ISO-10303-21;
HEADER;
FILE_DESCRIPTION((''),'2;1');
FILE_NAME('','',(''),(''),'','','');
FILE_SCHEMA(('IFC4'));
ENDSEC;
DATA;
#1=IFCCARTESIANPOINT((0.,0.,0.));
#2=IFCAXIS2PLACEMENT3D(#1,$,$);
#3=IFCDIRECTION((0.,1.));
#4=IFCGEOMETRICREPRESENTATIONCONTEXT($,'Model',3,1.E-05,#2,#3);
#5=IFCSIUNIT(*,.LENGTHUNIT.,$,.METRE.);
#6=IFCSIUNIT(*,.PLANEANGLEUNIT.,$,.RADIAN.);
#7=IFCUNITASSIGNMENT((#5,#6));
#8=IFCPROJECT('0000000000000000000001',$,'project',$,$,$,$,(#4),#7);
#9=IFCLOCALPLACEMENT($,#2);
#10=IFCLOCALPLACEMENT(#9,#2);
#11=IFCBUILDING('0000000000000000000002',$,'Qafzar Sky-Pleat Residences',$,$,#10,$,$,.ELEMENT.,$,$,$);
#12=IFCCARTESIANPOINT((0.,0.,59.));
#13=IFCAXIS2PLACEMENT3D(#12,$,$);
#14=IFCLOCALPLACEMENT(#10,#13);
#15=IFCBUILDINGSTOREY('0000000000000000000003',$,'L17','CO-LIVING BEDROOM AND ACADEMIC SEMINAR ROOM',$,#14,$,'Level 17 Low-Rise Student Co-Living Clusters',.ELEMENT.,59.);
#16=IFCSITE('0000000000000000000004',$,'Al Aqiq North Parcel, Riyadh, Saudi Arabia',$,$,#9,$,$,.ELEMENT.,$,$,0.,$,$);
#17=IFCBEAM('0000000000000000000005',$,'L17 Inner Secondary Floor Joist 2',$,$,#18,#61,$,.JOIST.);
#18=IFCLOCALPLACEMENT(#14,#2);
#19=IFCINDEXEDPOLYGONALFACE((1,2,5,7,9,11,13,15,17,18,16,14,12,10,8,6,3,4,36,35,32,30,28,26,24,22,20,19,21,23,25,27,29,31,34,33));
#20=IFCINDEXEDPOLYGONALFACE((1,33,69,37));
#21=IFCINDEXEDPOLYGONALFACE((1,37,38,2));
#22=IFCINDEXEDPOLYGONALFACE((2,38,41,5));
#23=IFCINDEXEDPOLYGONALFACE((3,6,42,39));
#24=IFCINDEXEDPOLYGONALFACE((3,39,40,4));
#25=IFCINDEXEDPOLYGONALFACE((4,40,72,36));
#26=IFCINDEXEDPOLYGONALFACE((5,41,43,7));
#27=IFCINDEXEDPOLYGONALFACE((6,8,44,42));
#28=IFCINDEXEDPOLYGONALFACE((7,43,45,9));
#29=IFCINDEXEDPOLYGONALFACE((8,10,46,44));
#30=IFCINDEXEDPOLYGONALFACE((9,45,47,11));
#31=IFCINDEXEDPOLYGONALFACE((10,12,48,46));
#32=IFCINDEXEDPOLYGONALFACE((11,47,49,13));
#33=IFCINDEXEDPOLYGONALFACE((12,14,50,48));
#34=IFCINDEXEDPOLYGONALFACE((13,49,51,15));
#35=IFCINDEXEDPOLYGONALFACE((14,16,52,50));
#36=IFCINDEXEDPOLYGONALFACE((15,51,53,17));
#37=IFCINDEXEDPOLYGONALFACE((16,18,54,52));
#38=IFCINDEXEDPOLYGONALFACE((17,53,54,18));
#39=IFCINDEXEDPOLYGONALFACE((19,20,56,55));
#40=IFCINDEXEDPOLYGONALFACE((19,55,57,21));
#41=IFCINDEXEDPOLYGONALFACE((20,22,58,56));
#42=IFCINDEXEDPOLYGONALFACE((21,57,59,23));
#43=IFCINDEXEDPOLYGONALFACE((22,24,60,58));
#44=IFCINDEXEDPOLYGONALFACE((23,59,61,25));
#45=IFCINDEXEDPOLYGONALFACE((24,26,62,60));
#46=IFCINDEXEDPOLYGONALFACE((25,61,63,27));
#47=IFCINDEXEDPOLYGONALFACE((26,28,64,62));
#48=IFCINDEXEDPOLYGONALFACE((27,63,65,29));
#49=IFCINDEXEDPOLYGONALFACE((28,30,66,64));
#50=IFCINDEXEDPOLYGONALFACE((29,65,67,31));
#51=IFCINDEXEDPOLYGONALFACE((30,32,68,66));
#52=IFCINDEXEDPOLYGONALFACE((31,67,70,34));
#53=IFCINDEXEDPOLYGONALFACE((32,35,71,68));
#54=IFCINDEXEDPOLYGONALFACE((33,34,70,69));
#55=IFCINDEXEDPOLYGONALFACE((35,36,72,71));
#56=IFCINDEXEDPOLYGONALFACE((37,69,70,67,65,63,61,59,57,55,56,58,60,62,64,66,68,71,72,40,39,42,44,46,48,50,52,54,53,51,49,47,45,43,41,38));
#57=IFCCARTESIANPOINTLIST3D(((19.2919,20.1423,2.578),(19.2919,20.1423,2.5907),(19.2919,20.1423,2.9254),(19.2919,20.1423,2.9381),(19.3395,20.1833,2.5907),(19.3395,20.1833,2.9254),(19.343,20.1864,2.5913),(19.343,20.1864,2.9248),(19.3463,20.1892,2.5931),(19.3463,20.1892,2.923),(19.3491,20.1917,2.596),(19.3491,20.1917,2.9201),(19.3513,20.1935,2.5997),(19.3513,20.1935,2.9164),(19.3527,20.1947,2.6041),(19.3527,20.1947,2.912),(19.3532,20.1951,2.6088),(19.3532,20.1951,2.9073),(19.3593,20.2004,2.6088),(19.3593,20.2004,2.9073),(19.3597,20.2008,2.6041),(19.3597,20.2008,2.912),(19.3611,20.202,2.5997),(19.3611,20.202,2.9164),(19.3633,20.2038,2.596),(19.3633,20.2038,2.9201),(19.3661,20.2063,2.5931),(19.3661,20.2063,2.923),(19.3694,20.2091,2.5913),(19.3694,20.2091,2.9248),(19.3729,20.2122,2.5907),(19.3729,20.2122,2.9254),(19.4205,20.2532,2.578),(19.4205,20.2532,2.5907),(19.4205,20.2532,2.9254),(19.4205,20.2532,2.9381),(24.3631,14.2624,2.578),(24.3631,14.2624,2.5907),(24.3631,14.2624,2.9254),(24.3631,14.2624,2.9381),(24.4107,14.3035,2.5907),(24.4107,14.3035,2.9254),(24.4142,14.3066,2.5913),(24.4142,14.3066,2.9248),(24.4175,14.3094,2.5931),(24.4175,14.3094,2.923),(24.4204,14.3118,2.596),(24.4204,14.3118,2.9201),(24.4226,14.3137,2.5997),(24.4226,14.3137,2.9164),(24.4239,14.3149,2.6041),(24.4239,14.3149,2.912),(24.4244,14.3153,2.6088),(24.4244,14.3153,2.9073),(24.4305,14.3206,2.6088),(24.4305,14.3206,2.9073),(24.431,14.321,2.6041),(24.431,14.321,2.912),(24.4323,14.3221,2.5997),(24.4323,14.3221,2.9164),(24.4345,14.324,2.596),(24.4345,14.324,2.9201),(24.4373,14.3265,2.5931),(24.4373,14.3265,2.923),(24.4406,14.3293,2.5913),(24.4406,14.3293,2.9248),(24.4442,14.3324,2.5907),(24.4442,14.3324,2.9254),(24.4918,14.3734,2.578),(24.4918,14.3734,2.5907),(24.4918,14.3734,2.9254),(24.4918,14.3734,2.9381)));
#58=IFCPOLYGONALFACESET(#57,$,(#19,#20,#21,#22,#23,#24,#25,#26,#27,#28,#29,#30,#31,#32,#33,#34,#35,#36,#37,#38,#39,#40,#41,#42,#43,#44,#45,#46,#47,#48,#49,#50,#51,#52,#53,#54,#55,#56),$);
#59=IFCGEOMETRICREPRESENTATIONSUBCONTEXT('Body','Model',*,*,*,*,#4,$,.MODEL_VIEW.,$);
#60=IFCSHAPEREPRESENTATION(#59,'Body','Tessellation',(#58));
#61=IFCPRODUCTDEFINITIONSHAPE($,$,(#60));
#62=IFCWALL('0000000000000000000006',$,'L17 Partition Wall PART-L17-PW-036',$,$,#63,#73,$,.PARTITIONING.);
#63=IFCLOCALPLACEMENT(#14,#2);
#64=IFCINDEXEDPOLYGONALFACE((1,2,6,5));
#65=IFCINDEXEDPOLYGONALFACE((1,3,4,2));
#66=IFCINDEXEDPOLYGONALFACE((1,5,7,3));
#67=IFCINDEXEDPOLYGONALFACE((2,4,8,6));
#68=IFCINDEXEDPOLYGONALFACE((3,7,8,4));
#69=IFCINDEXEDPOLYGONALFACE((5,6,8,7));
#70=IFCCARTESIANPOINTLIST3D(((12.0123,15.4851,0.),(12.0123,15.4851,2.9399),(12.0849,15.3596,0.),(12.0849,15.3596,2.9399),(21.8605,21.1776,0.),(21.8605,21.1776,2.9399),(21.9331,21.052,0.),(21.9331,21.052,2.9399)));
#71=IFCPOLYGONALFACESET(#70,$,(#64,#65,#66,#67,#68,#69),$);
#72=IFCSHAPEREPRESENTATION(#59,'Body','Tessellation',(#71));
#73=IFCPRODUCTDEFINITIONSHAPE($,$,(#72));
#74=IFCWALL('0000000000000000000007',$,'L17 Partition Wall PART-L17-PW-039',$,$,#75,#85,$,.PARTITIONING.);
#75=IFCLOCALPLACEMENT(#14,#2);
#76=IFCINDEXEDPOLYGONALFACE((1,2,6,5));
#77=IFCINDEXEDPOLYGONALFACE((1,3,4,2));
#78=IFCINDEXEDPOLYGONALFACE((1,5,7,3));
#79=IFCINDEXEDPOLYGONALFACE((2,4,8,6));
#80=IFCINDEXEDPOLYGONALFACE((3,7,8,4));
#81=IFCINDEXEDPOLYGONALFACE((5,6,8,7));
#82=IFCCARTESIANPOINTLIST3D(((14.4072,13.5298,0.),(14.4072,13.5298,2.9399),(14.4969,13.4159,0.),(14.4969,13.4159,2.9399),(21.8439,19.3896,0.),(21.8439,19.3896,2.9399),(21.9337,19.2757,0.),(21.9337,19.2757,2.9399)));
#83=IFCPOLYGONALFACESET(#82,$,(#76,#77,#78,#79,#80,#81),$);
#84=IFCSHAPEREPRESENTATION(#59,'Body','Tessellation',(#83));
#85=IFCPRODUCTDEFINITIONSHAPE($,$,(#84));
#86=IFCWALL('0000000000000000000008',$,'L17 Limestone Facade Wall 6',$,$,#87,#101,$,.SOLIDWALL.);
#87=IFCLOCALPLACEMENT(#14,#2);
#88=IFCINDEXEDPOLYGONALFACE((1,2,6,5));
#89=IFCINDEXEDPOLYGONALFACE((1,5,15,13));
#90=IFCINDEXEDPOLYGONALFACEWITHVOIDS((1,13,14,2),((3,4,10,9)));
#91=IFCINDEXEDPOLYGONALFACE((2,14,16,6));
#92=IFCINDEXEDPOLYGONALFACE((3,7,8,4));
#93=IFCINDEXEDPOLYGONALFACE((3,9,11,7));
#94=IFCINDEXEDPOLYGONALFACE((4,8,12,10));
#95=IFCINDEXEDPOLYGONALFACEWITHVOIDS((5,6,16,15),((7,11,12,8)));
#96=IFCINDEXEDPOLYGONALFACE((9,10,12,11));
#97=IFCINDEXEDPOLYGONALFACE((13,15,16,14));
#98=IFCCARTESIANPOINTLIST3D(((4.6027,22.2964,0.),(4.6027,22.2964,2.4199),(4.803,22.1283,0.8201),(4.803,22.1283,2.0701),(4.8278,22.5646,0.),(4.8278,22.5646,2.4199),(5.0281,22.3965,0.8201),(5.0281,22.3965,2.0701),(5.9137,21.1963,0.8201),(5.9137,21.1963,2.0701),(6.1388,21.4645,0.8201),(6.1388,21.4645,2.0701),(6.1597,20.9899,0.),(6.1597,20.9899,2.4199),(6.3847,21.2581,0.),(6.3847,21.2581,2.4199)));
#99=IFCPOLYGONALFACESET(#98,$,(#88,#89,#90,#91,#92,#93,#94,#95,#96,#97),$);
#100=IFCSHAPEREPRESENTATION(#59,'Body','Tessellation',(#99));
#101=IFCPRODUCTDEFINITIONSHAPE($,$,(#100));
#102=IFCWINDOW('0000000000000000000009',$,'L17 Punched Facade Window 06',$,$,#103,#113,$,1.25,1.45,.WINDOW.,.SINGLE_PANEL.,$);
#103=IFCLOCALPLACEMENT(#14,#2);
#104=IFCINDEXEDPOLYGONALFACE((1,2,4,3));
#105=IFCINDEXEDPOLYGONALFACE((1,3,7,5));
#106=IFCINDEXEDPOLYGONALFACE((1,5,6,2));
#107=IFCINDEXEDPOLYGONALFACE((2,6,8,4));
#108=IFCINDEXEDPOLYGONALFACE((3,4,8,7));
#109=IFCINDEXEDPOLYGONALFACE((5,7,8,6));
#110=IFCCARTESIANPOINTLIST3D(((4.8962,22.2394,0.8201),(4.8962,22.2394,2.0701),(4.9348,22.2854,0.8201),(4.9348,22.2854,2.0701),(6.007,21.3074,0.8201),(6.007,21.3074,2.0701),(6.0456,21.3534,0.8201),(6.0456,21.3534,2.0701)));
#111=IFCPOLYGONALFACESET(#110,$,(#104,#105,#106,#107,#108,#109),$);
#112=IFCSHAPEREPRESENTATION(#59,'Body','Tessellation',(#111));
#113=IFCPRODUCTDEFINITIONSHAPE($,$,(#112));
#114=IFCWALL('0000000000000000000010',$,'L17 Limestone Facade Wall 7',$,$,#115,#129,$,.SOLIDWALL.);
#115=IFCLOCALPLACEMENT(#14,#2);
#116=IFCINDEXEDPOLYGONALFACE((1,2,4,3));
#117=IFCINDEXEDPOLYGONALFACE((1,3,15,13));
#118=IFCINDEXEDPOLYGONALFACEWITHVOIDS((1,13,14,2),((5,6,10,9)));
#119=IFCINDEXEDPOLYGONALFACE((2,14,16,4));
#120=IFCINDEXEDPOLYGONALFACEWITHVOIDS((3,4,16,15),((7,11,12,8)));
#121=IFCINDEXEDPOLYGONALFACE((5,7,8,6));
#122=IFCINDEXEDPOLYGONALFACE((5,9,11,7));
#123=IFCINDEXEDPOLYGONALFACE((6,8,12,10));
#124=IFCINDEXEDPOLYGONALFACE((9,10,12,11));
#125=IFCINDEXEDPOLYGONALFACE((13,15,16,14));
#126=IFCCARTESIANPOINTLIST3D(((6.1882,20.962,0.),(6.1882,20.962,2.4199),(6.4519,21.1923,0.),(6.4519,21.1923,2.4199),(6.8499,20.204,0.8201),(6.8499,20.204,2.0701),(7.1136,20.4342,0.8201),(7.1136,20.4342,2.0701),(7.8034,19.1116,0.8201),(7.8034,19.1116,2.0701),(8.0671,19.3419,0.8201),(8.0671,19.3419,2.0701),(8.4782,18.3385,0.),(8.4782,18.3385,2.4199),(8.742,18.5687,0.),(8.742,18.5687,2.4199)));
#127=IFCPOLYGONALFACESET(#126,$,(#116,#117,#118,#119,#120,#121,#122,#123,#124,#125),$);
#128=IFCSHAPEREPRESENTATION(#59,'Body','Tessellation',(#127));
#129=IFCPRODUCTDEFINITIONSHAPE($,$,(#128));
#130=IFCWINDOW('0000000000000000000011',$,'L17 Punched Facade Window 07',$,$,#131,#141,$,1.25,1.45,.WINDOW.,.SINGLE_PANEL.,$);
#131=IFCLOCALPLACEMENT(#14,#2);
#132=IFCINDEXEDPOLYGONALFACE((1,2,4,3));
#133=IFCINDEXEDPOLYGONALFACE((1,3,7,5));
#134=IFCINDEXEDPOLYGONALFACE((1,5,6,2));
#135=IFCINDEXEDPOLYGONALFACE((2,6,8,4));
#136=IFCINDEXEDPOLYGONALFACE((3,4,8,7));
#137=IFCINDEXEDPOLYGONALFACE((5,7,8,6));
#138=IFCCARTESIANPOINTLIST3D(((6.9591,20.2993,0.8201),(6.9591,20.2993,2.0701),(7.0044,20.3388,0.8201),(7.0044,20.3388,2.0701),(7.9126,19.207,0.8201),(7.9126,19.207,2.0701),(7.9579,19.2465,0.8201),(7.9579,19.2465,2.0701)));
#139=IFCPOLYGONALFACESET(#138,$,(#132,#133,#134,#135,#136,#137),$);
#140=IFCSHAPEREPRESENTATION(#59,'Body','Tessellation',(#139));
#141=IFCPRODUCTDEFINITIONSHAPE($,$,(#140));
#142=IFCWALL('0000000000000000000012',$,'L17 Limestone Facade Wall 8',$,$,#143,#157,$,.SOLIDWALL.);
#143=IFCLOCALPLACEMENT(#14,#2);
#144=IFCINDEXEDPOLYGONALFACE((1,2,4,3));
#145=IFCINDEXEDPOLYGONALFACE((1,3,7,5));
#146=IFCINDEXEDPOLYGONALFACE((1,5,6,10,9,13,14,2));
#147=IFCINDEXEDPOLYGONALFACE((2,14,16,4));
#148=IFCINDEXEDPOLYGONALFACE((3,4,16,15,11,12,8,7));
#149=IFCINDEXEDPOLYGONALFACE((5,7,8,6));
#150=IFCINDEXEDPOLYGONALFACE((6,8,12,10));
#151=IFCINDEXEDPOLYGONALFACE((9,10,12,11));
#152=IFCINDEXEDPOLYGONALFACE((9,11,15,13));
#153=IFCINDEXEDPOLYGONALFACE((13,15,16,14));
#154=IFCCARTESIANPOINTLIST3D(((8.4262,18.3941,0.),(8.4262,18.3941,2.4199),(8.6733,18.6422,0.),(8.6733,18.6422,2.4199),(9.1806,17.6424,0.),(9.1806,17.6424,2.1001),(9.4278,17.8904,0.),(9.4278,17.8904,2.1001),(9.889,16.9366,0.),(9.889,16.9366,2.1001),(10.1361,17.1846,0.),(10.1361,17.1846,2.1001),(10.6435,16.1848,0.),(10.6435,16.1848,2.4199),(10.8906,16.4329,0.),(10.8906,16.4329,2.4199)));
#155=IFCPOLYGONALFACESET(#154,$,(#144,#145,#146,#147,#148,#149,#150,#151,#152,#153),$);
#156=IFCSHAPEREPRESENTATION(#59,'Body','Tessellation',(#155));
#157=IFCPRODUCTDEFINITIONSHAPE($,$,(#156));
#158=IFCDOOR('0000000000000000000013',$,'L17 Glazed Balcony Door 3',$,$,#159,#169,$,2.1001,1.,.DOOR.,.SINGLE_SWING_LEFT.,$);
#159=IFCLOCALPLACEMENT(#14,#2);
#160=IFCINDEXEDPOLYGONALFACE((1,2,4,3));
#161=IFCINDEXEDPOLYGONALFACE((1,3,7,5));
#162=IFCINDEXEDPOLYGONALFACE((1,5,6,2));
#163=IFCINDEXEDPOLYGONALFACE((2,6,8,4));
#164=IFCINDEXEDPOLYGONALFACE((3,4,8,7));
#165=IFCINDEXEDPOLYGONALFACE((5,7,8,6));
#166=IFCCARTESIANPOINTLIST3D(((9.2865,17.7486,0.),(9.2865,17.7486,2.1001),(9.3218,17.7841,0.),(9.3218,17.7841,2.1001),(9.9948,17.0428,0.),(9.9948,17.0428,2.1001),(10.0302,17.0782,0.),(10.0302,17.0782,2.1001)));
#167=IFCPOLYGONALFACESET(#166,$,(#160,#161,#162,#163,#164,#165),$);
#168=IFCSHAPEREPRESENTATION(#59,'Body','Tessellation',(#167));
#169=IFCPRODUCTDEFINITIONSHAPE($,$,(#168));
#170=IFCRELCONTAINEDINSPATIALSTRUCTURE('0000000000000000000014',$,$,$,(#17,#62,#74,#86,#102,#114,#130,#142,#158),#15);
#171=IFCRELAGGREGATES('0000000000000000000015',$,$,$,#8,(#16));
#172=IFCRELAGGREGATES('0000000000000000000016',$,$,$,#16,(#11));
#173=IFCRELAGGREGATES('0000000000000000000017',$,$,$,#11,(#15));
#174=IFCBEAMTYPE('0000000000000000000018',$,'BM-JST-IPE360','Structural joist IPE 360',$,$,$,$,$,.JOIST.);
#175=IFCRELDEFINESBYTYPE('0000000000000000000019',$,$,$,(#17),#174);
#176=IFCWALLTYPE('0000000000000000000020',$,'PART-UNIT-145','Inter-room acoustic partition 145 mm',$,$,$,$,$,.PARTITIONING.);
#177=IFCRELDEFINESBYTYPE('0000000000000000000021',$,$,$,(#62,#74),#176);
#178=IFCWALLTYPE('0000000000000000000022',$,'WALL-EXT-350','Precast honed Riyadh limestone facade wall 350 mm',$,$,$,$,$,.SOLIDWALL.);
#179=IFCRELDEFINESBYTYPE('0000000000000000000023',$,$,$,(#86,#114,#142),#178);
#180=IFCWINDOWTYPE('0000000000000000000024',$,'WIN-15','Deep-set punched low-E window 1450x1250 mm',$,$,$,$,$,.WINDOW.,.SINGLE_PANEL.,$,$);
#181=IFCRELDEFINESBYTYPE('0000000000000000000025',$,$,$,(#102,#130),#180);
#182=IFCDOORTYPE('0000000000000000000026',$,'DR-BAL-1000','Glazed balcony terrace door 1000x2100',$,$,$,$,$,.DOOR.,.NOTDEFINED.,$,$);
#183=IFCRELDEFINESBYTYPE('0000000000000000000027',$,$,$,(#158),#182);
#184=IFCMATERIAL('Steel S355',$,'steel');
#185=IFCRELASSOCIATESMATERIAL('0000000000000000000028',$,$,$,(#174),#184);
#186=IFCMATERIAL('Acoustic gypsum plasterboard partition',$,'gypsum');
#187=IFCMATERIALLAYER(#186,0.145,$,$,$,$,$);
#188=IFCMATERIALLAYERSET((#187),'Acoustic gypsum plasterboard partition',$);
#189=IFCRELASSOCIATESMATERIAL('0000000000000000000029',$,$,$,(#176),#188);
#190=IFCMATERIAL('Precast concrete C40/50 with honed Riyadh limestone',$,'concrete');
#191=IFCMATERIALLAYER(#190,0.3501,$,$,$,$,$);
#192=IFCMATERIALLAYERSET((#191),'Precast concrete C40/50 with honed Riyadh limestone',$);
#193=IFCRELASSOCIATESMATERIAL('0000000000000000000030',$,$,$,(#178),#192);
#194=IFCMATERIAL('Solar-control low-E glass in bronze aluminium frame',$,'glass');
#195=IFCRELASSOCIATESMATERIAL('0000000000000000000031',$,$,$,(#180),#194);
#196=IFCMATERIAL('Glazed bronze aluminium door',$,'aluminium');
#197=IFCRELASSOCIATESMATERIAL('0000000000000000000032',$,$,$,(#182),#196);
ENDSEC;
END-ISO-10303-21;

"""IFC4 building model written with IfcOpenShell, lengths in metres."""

from ifc_helpers import new_model, si_unit, direction, frame, frame_2d, origin, origin_2d, place, context, subcontext, project, spatial, rectangle, i_section, extrude, source, transform, mapped, material, layer, layer_set, material_profile, profile_set, type_object, element, fill, save


model = new_model("IFC4")

# Units and contexts
model_context = context("Model", 3, precision=1e-05, world=origin(), true_north=direction((0.0, 1.0)))
body_context = subcontext(model_context, "Body", "Model", "MODEL_VIEW")
ifc_project = project(units=[si_unit("LENGTHUNIT", "METRE"), si_unit("PLANEANGLEUNIT", "RADIAN")], contexts=[model_context])

# Site, building, storey
site_placement = place(None, origin())
site = spatial("IfcSite", under=ifc_project, at=site_placement, Name="Al Aqiq North Parcel, Riyadh, Saudi Arabia", CompositionType="ELEMENT", RefElevation=0.0)
building_placement = place(site_placement, origin())
building = spatial("IfcBuilding", under=site, at=building_placement, Name="Qafzar Sky-Pleat Residences", CompositionType="ELEMENT")
storey_placement = place(building_placement, frame((0.0, 0.0, 59.0)))
storey = spatial("IfcBuildingStorey", under=building, at=storey_placement, Name="L17", Description="CO-LIVING BEDROOM AND ACADEMIC SEMINAR ROOM", LongName="Level 17 Low-Rise Student Co-Living Clusters", CompositionType="ELEMENT", Elevation=59.0)

# Beam
ifc_material_1 = material(Name="Steel S355", Category="steel")
ifc_material_profile_1 = material_profile(ifc_material_1, i_section(OverallWidth=0.1699, OverallDepth=0.3601, WebThickness=0.0081, FlangeThickness=0.0127, FilletRadius=0.0181, at=origin_2d()), Name="IPE 360")
ifc_profile_set_1 = profile_set([ifc_material_profile_1], Name="Steel S355")
beam_type_1 = type_object("IfcBeamType", Name="BM-JST-IPE360", Description="Structural joist IPE 360", PredefinedType="JOIST", material=ifc_profile_set_1)
shared_shape_1 = source(origin(), body_context, "Body", "SweptSolid", [
    extrude(i_section(OverallWidth=0.1699, OverallDepth=0.3601, WebThickness=0.0081, FlangeThickness=0.0127, FilletRadius=0.0181, at=origin_2d()), origin(), (0.0, 0.0, 1.0), 7.7646),
])
beam_1_placement = place(storey_placement, frame((19.3562, 20.1978, 2.7581), z_axis=(0.653119, -0.757256, 0.0), x_axis=(0.757256, 0.653119, 0.0)))
element("IfcBeam", 1, at=beam_1_placement, inside=storey, type_object=beam_type_1, Name="L17 Inner Secondary Floor Joist 2", PredefinedType="JOIST", context=body_context, shape_type="MappedRepresentation", body=[
    mapped(shared_shape_1, transform((0.0, 0.0, 0.0), x_axis=(1.0, 0.0, 0.0), y_axis=(0.0, 1.0, 0.0), z_axis=(0.0, 0.0, 1.0), scale=1.0)),
])

# Walls
ifc_material_2 = material(Name="Acoustic gypsum plasterboard partition", Category="gypsum")
ifc_layer_1 = layer(ifc_material_2, 0.145)
ifc_layer_set_1 = layer_set([ifc_layer_1], Name="Acoustic gypsum plasterboard partition")
wall_type_1 = type_object("IfcWallType", Name="PART-UNIT-145", Description="Inter-room acoustic partition 145 mm", PredefinedType="PARTITIONING", material=ifc_layer_set_1)
wall_1_placement = place(storey_placement, frame((12.0486, 15.4224, 0.0), z_axis=(0.0, 0.0, 1.0), x_axis=(0.865776, 0.500432, 0.0)))
element("IfcWall", 2, at=wall_1_placement, inside=storey, type_object=wall_type_1, Name="L17 Partition Wall PART-L17-PW-036", PredefinedType="PARTITIONING", context=body_context, shape_type="SweptSolid", body=[
    extrude(rectangle(XDim=11.375, YDim=0.145, at=frame_2d((5.6875, 0.0))), origin(), (0.0, 0.0, 1.0), 2.9399),
])
wall_2_placement = place(storey_placement, frame((14.4521, 13.4729, 0.0), z_axis=(0.0, 0.0, 1.0), x_axis=(0.785461, 0.618911, 0.0)))
element("IfcWall", 3, at=wall_2_placement, inside=storey, type_object=wall_type_1, Name="L17 Partition Wall PART-L17-PW-039", PredefinedType="PARTITIONING", context=body_context, shape_type="SweptSolid", body=[
    extrude(rectangle(XDim=9.468, YDim=0.145, at=frame_2d((4.7339, 0.0))), origin(), (0.0, 0.0, 1.0), 2.9399),
])

# Walls, openings, windows
ifc_material_3 = material(Name="Precast concrete C40/50 with honed Riyadh limestone", Category="concrete")
ifc_layer_2 = layer(ifc_material_3, 0.3501)
ifc_layer_set_2 = layer_set([ifc_layer_2], Name="Precast concrete C40/50 with honed Riyadh limestone")
wall_type_2 = type_object("IfcWallType", Name="WALL-EXT-350", Description="Precast honed Riyadh limestone facade wall 350 mm", PredefinedType="SOLIDWALL", material=ifc_layer_set_2)
wall_3_placement = place(storey_placement, frame((4.7153, 22.4304, 0.0), z_axis=(0.0, 0.0, 1.0), x_axis=(0.766041, -0.642792, 0.0)))
wall_3 = element("IfcWall", 4, at=wall_3_placement, inside=storey, type_object=wall_type_2, Name="L17 Limestone Facade Wall 6", PredefinedType="SOLIDWALL", context=body_context, shape_type="SweptSolid", body=[
    extrude(rectangle(XDim=2.0325, YDim=0.3501, at=frame_2d((1.0161, 0.0))), origin(), (0.0, 0.0, 1.0), 2.4199),
])
opening_1_placement = place(wall_3_placement, frame((0.2612, 0.0, 0.8201)))
opening_1 = element("IfcOpeningElement", 5, at=opening_1_placement, cuts=wall_3, PredefinedType="OPENING", context=body_context, shape_type="SweptSolid", body=[
    extrude(rectangle(XDim=1.45, YDim=1.25, at=frame_2d((0.7251, 0.625))), frame((0.0, 0.1851, 0.0), z_axis=(0.0, -1.0, 0.0), x_axis=(1.0, 0.0, 0.0)), (0.0, 0.0, 1.0), 0.3701),
])
ifc_material_4 = material(Name="Solar-control low-E glass in bronze aluminium frame", Category="glass")
window_type_1 = type_object("IfcWindowType", Name="WIN-15", Description="Deep-set punched low-E window 1450x1250 mm", PartitioningType="SINGLE_PANEL", PredefinedType="WINDOW", material=ifc_material_4)
shared_shape_2 = source(origin(), body_context, "Body", "SweptSolid", [
    extrude(rectangle(XDim=1.45, YDim=1.25, at=frame_2d((0.7251, 0.625))), frame((0.0, 0.03, 0.0), z_axis=(0.0, -1.0, 0.0), x_axis=(1.0, 0.0, 0.0)), (0.0, 0.0, 1.0), 0.0601),
])
window_1_placement = place(opening_1_placement, origin())
window_1 = element("IfcWindow", 6, at=window_1_placement, inside=storey, type_object=window_type_1, Name="L17 Punched Facade Window 06", OverallHeight=1.25, OverallWidth=1.45, PartitioningType="SINGLE_PANEL", PredefinedType="WINDOW", context=body_context, shape_type="MappedRepresentation", body=[
    mapped(shared_shape_2, transform((0.0, 0.0, 0.0), x_axis=(1.0, 0.0, 0.0), y_axis=(0.0, 1.0, 0.0), z_axis=(0.0, 0.0, 1.0), scale=1.0)),
])
fill(opening_1, window_1)
wall_4_placement = place(storey_placement, frame((6.3201, 21.0771, 0.0), z_axis=(0.0, 0.0, 1.0), x_axis=(0.657601, -0.753367, 0.0)))
wall_4 = element("IfcWall", 7, at=wall_4_placement, inside=storey, type_object=wall_type_2, Name="L17 Limestone Facade Wall 7", PredefinedType="SOLIDWALL", context=body_context, shape_type="SweptSolid", body=[
    extrude(rectangle(XDim=3.4824, YDim=0.3501, at=frame_2d((1.7412, 0.0))), origin(), (0.0, 0.0, 1.0), 2.4199),
])
opening_2_placement = place(wall_4_placement, frame((1.0061, 0.0, 0.8201)))
opening_2 = element("IfcOpeningElement", 8, at=opening_2_placement, cuts=wall_4, PredefinedType="OPENING", context=body_context, shape_type="SweptSolid", body=[
    extrude(rectangle(XDim=1.45, YDim=1.25, at=frame_2d((0.7251, 0.625))), frame((0.0, 0.1851, 0.0), z_axis=(0.0, -1.0, 0.0), x_axis=(1.0, 0.0, 0.0)), (0.0, 0.0, 1.0), 0.3701),
])
window_2_placement = place(opening_2_placement, origin())
window_2 = element("IfcWindow", 9, at=window_2_placement, inside=storey, type_object=window_type_1, Name="L17 Punched Facade Window 07", OverallHeight=1.25, OverallWidth=1.45, PartitioningType="SINGLE_PANEL", PredefinedType="WINDOW", context=body_context, shape_type="MappedRepresentation", body=[
    mapped(shared_shape_2, transform((0.0, 0.0, 0.0), x_axis=(1.0, 0.0, 0.0), y_axis=(0.0, 1.0, 0.0), z_axis=(0.0, 0.0, 1.0), scale=1.0)),
])
fill(opening_2, window_2)

# Wall, opening, door
wall_5_placement = place(storey_placement, frame((8.5498, 18.5181, 0.0), z_axis=(0.0, 0.0, 1.0), x_axis=(0.708393, -0.705819, 0.0)))
wall_5 = element("IfcWall", 10, at=wall_5_placement, inside=storey, type_object=wall_type_2, Name="L17 Limestone Facade Wall 8", PredefinedType="SOLIDWALL", context=body_context, shape_type="SweptSolid", body=[
    extrude(rectangle(XDim=3.1301, YDim=0.3501, at=frame_2d((1.5649, 0.0))), origin(), (0.0, 0.0, 1.0), 2.4199),
])
opening_3_placement = place(wall_5_placement, frame((1.0649, 0.0, 0.0)))
opening_3 = element("IfcOpeningElement", 11, at=opening_3_placement, cuts=wall_5, PredefinedType="OPENING", context=body_context, shape_type="SweptSolid", body=[
    extrude(rectangle(XDim=1.0, YDim=2.1001, at=frame_2d((0.5, 1.05))), frame((0.0, 0.1851, 0.0), z_axis=(0.0, -1.0, 0.0), x_axis=(1.0, 0.0, 0.0)), (0.0, 0.0, 1.0), 0.3701),
])
ifc_material_5 = material(Name="Glazed bronze aluminium door", Category="aluminium")
door_type = type_object("IfcDoorType", Name="DR-BAL-1000", Description="Glazed balcony terrace door 1000x2100", OperationType="NOTDEFINED", PredefinedType="DOOR", material=ifc_material_5)
shared_shape_3 = source(origin(), body_context, "Body", "SweptSolid", [
    extrude(rectangle(XDim=1.0, YDim=2.1001, at=frame_2d((0.5, 1.05))), frame((0.0, 0.0249, 0.0), z_axis=(0.0, -1.0, 0.0), x_axis=(1.0, 0.0, 0.0)), (0.0, 0.0, 1.0), 0.05),
])
door_placement = place(opening_3_placement, origin())
door = element("IfcDoor", 12, at=door_placement, inside=storey, type_object=door_type, Name="L17 Glazed Balcony Door 3", OperationType="SINGLE_SWING_LEFT", OverallHeight=2.1001, OverallWidth=1.0, PredefinedType="DOOR", context=body_context, shape_type="MappedRepresentation", body=[
    mapped(shared_shape_3, transform((0.0, 0.0, 0.0), x_axis=(1.0, 0.0, 0.0), y_axis=(0.0, 1.0, 0.0), z_axis=(0.0, 0.0, 1.0), scale=1.0)),
])
fill(opening_3, door)

save(model, "model.ifc")
